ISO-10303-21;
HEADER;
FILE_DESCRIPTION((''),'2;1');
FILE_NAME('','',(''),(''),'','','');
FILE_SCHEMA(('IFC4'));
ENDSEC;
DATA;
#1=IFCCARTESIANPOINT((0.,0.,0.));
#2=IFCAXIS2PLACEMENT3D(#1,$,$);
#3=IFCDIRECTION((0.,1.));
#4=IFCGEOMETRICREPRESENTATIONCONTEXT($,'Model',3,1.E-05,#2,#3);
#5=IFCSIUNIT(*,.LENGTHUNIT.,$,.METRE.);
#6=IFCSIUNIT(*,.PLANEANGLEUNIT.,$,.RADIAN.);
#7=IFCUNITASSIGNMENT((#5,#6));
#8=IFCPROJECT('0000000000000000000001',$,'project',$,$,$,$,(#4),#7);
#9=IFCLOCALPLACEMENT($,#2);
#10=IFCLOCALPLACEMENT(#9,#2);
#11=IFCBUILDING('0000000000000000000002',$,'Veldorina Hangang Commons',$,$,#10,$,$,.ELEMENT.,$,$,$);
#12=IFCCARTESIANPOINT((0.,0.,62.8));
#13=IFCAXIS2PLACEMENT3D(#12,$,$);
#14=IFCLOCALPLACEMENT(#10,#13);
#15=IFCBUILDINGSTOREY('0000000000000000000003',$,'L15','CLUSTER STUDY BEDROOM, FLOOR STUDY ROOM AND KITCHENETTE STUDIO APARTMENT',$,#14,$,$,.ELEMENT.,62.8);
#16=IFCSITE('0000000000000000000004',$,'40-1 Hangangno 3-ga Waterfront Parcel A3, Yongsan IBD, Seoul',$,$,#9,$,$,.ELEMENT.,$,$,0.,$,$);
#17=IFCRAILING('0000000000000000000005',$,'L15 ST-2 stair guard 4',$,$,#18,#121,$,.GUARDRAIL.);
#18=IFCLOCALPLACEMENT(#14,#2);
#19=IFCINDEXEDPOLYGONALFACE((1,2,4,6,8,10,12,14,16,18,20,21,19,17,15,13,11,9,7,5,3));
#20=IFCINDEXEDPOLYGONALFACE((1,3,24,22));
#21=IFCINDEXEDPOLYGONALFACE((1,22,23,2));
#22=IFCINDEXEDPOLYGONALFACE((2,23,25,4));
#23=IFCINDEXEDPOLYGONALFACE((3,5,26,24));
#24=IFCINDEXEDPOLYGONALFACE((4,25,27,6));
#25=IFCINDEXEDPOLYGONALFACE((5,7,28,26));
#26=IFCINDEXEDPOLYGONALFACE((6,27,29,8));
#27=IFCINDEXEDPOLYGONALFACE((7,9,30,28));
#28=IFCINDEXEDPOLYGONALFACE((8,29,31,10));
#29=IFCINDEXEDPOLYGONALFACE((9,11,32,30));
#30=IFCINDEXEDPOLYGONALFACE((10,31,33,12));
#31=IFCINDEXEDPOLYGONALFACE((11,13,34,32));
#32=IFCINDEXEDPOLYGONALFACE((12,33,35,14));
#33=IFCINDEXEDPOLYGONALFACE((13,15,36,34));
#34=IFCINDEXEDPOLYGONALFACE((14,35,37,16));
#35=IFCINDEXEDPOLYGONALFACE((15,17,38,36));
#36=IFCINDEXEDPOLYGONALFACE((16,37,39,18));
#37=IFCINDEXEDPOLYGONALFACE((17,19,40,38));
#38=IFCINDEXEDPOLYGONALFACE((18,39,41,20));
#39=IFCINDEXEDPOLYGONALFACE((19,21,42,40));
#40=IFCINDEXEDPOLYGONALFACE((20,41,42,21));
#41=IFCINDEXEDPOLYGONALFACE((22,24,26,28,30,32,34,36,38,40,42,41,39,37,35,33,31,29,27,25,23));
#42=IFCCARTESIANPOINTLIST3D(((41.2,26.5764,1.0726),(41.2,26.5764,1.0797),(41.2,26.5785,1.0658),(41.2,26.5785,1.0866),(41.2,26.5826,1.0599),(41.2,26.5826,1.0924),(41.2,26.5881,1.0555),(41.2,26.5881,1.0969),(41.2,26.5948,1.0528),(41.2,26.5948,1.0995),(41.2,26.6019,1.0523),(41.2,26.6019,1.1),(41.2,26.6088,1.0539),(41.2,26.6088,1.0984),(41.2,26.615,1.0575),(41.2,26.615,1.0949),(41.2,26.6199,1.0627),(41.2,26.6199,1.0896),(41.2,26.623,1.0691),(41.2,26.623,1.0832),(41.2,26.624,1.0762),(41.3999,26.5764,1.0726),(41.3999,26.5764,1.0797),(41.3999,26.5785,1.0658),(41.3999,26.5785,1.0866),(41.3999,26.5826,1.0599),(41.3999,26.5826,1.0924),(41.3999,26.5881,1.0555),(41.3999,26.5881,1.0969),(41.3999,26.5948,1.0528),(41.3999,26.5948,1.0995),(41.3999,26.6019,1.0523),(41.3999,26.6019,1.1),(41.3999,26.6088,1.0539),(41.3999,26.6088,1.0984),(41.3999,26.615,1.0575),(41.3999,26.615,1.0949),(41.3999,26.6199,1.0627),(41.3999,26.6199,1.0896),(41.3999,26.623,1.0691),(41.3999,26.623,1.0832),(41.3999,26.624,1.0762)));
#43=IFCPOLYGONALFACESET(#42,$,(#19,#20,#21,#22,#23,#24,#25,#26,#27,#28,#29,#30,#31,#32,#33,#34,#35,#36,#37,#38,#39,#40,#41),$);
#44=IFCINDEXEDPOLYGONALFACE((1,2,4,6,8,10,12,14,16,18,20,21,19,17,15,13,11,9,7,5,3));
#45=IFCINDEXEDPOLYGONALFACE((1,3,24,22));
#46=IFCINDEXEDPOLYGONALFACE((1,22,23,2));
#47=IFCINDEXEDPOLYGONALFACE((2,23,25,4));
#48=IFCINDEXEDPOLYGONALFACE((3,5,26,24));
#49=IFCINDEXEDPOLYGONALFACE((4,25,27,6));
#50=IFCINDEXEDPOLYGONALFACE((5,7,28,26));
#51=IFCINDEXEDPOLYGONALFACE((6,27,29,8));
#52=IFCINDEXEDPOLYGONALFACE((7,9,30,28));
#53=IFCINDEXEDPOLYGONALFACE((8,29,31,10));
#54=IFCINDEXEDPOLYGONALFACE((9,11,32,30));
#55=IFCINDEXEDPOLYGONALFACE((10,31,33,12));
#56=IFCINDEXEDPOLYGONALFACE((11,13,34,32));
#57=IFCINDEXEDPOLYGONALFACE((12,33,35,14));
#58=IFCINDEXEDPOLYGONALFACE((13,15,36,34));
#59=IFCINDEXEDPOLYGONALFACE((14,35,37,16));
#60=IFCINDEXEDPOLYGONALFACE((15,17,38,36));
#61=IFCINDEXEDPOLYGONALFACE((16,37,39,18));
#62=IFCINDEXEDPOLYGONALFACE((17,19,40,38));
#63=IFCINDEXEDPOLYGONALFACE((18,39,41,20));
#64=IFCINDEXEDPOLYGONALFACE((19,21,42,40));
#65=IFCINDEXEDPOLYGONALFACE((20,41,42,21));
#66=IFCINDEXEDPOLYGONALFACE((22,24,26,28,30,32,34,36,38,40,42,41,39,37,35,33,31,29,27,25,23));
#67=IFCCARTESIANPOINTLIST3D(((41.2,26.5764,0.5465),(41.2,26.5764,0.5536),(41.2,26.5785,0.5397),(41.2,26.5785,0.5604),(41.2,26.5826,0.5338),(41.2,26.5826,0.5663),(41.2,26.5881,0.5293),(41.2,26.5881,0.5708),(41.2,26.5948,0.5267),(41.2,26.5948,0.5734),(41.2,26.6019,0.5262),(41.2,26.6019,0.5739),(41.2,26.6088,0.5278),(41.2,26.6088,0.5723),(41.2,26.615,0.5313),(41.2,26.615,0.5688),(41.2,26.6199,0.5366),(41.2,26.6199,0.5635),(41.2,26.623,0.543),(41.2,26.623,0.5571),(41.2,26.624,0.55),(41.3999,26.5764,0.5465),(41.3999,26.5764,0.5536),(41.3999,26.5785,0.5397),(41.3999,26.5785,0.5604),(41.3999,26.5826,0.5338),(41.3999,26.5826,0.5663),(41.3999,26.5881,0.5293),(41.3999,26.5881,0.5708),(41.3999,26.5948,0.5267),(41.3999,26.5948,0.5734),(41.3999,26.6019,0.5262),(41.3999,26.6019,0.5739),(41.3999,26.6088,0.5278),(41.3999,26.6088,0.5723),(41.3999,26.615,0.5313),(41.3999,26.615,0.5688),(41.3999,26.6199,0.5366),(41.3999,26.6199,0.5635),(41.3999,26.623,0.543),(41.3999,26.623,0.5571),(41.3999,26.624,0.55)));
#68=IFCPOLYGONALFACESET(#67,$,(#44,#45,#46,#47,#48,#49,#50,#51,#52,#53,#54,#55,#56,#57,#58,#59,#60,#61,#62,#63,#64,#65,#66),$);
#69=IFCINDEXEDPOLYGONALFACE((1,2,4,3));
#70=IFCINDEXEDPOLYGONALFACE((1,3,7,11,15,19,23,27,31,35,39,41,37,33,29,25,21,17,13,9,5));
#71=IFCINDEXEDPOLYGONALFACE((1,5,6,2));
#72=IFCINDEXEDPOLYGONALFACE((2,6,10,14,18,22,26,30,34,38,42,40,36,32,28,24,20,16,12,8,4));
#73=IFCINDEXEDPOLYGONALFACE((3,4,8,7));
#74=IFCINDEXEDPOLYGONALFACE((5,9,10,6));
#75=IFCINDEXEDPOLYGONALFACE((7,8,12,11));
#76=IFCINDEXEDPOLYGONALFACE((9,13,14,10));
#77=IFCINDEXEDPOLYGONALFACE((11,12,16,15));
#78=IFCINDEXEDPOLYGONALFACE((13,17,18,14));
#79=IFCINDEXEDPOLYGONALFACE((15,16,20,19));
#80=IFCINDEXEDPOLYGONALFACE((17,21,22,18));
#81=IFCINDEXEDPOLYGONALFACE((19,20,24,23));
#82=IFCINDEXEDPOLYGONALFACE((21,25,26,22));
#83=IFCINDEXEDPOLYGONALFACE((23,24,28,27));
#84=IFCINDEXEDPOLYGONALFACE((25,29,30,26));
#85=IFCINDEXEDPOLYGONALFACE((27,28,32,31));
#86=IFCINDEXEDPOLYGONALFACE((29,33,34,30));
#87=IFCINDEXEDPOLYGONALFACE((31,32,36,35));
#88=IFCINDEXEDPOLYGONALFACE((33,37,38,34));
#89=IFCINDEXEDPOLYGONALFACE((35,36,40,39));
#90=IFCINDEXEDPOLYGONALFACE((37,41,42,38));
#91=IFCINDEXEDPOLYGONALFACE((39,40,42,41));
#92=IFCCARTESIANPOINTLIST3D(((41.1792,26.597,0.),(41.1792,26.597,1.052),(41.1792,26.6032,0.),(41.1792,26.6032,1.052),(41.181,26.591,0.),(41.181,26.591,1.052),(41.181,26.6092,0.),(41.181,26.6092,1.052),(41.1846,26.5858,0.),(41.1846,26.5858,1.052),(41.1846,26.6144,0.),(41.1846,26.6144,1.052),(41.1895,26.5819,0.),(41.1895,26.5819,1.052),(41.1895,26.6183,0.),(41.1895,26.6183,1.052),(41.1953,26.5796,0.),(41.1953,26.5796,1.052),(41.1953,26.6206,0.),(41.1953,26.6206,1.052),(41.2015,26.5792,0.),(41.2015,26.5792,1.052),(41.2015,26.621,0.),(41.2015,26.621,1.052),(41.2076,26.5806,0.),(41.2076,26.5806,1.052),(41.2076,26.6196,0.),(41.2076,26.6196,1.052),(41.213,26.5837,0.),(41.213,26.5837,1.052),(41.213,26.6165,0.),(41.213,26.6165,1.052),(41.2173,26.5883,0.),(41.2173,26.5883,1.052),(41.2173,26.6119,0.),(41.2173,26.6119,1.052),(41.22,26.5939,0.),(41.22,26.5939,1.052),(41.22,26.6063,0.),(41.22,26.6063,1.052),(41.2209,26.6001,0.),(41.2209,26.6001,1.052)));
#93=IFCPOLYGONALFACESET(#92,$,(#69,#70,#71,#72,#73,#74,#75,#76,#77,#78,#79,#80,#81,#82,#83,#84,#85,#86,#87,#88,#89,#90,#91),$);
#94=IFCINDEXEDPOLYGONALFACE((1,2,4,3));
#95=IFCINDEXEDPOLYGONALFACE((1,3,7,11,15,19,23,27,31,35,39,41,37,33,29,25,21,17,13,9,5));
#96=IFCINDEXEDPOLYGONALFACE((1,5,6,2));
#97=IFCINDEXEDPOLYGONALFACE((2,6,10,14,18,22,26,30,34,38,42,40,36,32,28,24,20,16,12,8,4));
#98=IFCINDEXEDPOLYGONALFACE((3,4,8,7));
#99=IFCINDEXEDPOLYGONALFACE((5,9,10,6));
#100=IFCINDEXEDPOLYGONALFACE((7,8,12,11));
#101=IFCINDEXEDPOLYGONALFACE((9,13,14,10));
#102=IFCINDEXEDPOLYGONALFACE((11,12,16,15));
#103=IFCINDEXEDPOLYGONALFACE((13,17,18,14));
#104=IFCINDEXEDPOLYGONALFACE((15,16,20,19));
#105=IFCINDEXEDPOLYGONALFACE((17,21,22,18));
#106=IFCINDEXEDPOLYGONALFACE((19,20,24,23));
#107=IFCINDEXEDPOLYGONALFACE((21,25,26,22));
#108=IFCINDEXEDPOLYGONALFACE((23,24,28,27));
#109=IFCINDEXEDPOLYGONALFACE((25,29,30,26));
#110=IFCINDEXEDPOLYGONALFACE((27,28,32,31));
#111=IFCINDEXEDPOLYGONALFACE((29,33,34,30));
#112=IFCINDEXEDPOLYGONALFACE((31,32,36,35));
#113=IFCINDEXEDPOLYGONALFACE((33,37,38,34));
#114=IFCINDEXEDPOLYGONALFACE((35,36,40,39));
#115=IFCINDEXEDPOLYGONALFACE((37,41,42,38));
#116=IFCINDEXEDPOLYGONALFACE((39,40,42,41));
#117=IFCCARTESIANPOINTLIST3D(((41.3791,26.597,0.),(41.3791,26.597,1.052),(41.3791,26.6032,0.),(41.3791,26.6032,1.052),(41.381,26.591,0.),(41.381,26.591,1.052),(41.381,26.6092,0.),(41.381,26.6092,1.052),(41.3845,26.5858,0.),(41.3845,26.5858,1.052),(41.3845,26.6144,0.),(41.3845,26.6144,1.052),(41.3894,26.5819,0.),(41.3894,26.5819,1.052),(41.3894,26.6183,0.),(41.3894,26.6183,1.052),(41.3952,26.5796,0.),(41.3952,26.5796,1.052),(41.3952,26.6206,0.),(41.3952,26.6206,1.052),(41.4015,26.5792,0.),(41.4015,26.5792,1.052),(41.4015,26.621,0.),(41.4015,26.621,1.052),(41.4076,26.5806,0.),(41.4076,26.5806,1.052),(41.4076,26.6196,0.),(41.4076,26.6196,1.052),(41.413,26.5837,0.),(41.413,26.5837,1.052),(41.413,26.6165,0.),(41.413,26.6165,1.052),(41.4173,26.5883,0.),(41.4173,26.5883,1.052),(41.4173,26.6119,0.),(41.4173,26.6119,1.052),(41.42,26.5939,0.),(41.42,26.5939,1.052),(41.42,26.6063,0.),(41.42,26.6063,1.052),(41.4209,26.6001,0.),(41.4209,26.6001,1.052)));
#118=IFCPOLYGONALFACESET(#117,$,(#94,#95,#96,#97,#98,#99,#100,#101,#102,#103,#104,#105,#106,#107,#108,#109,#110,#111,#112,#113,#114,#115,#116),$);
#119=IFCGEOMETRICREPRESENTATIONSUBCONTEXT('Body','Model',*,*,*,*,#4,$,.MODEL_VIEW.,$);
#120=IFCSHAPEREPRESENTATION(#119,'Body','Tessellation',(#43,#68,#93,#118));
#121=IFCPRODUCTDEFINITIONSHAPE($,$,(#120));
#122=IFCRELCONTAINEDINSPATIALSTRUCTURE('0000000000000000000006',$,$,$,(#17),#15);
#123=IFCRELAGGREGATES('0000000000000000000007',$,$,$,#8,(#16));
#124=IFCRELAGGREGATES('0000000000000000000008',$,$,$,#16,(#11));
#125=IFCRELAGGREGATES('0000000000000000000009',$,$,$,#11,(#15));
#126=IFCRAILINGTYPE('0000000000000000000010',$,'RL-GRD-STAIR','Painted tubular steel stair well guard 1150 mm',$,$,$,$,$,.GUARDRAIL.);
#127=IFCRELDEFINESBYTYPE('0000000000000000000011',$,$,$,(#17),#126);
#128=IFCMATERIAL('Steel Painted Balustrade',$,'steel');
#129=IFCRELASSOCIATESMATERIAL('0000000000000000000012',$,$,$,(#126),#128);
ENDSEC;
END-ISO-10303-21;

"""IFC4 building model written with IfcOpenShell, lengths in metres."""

from ifc_helpers import new_model, si_unit, direction, frame, origin, origin_2d, place, context, subcontext, project, spatial, circle, extrude, material, type_object, element, save


model = new_model("IFC4")

# Units and contexts
model_context = context("Model", 3, precision=1e-05, world=origin(), true_north=direction((0.0, 1.0)))
body_context = subcontext(model_context, "Body", "Model", "MODEL_VIEW")
ifc_project = project(units=[si_unit("LENGTHUNIT", "METRE"), si_unit("PLANEANGLEUNIT", "RADIAN")], contexts=[model_context])

# Site, building, storey
site_placement = place(None, origin())
site = spatial("IfcSite", under=ifc_project, at=site_placement, Name="40-1 Hangangno 3-ga Waterfront Parcel A3, Yongsan IBD, Seoul", CompositionType="ELEMENT", RefElevation=0.0)
building_placement = place(site_placement, origin())
building = spatial("IfcBuilding", under=site, at=building_placement, Name="Veldorina Hangang Commons", CompositionType="ELEMENT")
storey_placement = place(building_placement, frame((0.0, 0.0, 62.8)))
storey = spatial("IfcBuildingStorey", under=building, at=storey_placement, Name="L15", Description="CLUSTER STUDY BEDROOM, FLOOR STUDY ROOM AND KITCHENETTE STUDIO APARTMENT", CompositionType="ELEMENT", Elevation=62.8)

# Railing
ifc_material_1 = material(Name="Steel Painted Balustrade", Category="steel")
railing_type_1 = type_object("IfcRailingType", Name="RL-GRD-STAIR", Description="Painted tubular steel stair well guard 1150 mm", PredefinedType="GUARDRAIL", material=ifc_material_1)
railing_1_placement = place(storey_placement, frame((41.2, 26.6001, 0.0)))
element("IfcRailing", 1, at=railing_1_placement, inside=storey, type_object=railing_type_1, Name="L15 ST-2 stair guard 4", PredefinedType="GUARDRAIL", context=body_context, shape_type="SweptSolid", body=[
    extrude(circle(Radius=0.0239, at=origin_2d()), frame((0.0, 0.0, 1.0762), z_axis=(1.0, 0.0, 0.0), x_axis=(0.0, 1.0, 0.0)), (0.0, 0.0, 1.0), 0.2),
    extrude(circle(Radius=0.0239, at=origin_2d()), frame((0.0, 0.0, 0.55), z_axis=(1.0, 0.0, 0.0), x_axis=(0.0, 1.0, 0.0)), (0.0, 0.0, 1.0), 0.2),
    extrude(circle(Radius=0.021, at=origin_2d()), origin(), (0.0, 0.0, 1.0), 1.052),
    extrude(circle(Radius=0.021, at=origin_2d()), frame((0.2, 0.0, 0.0)), (0.0, 0.0, 1.0), 1.052),
])

save(model, "model.ifc")
